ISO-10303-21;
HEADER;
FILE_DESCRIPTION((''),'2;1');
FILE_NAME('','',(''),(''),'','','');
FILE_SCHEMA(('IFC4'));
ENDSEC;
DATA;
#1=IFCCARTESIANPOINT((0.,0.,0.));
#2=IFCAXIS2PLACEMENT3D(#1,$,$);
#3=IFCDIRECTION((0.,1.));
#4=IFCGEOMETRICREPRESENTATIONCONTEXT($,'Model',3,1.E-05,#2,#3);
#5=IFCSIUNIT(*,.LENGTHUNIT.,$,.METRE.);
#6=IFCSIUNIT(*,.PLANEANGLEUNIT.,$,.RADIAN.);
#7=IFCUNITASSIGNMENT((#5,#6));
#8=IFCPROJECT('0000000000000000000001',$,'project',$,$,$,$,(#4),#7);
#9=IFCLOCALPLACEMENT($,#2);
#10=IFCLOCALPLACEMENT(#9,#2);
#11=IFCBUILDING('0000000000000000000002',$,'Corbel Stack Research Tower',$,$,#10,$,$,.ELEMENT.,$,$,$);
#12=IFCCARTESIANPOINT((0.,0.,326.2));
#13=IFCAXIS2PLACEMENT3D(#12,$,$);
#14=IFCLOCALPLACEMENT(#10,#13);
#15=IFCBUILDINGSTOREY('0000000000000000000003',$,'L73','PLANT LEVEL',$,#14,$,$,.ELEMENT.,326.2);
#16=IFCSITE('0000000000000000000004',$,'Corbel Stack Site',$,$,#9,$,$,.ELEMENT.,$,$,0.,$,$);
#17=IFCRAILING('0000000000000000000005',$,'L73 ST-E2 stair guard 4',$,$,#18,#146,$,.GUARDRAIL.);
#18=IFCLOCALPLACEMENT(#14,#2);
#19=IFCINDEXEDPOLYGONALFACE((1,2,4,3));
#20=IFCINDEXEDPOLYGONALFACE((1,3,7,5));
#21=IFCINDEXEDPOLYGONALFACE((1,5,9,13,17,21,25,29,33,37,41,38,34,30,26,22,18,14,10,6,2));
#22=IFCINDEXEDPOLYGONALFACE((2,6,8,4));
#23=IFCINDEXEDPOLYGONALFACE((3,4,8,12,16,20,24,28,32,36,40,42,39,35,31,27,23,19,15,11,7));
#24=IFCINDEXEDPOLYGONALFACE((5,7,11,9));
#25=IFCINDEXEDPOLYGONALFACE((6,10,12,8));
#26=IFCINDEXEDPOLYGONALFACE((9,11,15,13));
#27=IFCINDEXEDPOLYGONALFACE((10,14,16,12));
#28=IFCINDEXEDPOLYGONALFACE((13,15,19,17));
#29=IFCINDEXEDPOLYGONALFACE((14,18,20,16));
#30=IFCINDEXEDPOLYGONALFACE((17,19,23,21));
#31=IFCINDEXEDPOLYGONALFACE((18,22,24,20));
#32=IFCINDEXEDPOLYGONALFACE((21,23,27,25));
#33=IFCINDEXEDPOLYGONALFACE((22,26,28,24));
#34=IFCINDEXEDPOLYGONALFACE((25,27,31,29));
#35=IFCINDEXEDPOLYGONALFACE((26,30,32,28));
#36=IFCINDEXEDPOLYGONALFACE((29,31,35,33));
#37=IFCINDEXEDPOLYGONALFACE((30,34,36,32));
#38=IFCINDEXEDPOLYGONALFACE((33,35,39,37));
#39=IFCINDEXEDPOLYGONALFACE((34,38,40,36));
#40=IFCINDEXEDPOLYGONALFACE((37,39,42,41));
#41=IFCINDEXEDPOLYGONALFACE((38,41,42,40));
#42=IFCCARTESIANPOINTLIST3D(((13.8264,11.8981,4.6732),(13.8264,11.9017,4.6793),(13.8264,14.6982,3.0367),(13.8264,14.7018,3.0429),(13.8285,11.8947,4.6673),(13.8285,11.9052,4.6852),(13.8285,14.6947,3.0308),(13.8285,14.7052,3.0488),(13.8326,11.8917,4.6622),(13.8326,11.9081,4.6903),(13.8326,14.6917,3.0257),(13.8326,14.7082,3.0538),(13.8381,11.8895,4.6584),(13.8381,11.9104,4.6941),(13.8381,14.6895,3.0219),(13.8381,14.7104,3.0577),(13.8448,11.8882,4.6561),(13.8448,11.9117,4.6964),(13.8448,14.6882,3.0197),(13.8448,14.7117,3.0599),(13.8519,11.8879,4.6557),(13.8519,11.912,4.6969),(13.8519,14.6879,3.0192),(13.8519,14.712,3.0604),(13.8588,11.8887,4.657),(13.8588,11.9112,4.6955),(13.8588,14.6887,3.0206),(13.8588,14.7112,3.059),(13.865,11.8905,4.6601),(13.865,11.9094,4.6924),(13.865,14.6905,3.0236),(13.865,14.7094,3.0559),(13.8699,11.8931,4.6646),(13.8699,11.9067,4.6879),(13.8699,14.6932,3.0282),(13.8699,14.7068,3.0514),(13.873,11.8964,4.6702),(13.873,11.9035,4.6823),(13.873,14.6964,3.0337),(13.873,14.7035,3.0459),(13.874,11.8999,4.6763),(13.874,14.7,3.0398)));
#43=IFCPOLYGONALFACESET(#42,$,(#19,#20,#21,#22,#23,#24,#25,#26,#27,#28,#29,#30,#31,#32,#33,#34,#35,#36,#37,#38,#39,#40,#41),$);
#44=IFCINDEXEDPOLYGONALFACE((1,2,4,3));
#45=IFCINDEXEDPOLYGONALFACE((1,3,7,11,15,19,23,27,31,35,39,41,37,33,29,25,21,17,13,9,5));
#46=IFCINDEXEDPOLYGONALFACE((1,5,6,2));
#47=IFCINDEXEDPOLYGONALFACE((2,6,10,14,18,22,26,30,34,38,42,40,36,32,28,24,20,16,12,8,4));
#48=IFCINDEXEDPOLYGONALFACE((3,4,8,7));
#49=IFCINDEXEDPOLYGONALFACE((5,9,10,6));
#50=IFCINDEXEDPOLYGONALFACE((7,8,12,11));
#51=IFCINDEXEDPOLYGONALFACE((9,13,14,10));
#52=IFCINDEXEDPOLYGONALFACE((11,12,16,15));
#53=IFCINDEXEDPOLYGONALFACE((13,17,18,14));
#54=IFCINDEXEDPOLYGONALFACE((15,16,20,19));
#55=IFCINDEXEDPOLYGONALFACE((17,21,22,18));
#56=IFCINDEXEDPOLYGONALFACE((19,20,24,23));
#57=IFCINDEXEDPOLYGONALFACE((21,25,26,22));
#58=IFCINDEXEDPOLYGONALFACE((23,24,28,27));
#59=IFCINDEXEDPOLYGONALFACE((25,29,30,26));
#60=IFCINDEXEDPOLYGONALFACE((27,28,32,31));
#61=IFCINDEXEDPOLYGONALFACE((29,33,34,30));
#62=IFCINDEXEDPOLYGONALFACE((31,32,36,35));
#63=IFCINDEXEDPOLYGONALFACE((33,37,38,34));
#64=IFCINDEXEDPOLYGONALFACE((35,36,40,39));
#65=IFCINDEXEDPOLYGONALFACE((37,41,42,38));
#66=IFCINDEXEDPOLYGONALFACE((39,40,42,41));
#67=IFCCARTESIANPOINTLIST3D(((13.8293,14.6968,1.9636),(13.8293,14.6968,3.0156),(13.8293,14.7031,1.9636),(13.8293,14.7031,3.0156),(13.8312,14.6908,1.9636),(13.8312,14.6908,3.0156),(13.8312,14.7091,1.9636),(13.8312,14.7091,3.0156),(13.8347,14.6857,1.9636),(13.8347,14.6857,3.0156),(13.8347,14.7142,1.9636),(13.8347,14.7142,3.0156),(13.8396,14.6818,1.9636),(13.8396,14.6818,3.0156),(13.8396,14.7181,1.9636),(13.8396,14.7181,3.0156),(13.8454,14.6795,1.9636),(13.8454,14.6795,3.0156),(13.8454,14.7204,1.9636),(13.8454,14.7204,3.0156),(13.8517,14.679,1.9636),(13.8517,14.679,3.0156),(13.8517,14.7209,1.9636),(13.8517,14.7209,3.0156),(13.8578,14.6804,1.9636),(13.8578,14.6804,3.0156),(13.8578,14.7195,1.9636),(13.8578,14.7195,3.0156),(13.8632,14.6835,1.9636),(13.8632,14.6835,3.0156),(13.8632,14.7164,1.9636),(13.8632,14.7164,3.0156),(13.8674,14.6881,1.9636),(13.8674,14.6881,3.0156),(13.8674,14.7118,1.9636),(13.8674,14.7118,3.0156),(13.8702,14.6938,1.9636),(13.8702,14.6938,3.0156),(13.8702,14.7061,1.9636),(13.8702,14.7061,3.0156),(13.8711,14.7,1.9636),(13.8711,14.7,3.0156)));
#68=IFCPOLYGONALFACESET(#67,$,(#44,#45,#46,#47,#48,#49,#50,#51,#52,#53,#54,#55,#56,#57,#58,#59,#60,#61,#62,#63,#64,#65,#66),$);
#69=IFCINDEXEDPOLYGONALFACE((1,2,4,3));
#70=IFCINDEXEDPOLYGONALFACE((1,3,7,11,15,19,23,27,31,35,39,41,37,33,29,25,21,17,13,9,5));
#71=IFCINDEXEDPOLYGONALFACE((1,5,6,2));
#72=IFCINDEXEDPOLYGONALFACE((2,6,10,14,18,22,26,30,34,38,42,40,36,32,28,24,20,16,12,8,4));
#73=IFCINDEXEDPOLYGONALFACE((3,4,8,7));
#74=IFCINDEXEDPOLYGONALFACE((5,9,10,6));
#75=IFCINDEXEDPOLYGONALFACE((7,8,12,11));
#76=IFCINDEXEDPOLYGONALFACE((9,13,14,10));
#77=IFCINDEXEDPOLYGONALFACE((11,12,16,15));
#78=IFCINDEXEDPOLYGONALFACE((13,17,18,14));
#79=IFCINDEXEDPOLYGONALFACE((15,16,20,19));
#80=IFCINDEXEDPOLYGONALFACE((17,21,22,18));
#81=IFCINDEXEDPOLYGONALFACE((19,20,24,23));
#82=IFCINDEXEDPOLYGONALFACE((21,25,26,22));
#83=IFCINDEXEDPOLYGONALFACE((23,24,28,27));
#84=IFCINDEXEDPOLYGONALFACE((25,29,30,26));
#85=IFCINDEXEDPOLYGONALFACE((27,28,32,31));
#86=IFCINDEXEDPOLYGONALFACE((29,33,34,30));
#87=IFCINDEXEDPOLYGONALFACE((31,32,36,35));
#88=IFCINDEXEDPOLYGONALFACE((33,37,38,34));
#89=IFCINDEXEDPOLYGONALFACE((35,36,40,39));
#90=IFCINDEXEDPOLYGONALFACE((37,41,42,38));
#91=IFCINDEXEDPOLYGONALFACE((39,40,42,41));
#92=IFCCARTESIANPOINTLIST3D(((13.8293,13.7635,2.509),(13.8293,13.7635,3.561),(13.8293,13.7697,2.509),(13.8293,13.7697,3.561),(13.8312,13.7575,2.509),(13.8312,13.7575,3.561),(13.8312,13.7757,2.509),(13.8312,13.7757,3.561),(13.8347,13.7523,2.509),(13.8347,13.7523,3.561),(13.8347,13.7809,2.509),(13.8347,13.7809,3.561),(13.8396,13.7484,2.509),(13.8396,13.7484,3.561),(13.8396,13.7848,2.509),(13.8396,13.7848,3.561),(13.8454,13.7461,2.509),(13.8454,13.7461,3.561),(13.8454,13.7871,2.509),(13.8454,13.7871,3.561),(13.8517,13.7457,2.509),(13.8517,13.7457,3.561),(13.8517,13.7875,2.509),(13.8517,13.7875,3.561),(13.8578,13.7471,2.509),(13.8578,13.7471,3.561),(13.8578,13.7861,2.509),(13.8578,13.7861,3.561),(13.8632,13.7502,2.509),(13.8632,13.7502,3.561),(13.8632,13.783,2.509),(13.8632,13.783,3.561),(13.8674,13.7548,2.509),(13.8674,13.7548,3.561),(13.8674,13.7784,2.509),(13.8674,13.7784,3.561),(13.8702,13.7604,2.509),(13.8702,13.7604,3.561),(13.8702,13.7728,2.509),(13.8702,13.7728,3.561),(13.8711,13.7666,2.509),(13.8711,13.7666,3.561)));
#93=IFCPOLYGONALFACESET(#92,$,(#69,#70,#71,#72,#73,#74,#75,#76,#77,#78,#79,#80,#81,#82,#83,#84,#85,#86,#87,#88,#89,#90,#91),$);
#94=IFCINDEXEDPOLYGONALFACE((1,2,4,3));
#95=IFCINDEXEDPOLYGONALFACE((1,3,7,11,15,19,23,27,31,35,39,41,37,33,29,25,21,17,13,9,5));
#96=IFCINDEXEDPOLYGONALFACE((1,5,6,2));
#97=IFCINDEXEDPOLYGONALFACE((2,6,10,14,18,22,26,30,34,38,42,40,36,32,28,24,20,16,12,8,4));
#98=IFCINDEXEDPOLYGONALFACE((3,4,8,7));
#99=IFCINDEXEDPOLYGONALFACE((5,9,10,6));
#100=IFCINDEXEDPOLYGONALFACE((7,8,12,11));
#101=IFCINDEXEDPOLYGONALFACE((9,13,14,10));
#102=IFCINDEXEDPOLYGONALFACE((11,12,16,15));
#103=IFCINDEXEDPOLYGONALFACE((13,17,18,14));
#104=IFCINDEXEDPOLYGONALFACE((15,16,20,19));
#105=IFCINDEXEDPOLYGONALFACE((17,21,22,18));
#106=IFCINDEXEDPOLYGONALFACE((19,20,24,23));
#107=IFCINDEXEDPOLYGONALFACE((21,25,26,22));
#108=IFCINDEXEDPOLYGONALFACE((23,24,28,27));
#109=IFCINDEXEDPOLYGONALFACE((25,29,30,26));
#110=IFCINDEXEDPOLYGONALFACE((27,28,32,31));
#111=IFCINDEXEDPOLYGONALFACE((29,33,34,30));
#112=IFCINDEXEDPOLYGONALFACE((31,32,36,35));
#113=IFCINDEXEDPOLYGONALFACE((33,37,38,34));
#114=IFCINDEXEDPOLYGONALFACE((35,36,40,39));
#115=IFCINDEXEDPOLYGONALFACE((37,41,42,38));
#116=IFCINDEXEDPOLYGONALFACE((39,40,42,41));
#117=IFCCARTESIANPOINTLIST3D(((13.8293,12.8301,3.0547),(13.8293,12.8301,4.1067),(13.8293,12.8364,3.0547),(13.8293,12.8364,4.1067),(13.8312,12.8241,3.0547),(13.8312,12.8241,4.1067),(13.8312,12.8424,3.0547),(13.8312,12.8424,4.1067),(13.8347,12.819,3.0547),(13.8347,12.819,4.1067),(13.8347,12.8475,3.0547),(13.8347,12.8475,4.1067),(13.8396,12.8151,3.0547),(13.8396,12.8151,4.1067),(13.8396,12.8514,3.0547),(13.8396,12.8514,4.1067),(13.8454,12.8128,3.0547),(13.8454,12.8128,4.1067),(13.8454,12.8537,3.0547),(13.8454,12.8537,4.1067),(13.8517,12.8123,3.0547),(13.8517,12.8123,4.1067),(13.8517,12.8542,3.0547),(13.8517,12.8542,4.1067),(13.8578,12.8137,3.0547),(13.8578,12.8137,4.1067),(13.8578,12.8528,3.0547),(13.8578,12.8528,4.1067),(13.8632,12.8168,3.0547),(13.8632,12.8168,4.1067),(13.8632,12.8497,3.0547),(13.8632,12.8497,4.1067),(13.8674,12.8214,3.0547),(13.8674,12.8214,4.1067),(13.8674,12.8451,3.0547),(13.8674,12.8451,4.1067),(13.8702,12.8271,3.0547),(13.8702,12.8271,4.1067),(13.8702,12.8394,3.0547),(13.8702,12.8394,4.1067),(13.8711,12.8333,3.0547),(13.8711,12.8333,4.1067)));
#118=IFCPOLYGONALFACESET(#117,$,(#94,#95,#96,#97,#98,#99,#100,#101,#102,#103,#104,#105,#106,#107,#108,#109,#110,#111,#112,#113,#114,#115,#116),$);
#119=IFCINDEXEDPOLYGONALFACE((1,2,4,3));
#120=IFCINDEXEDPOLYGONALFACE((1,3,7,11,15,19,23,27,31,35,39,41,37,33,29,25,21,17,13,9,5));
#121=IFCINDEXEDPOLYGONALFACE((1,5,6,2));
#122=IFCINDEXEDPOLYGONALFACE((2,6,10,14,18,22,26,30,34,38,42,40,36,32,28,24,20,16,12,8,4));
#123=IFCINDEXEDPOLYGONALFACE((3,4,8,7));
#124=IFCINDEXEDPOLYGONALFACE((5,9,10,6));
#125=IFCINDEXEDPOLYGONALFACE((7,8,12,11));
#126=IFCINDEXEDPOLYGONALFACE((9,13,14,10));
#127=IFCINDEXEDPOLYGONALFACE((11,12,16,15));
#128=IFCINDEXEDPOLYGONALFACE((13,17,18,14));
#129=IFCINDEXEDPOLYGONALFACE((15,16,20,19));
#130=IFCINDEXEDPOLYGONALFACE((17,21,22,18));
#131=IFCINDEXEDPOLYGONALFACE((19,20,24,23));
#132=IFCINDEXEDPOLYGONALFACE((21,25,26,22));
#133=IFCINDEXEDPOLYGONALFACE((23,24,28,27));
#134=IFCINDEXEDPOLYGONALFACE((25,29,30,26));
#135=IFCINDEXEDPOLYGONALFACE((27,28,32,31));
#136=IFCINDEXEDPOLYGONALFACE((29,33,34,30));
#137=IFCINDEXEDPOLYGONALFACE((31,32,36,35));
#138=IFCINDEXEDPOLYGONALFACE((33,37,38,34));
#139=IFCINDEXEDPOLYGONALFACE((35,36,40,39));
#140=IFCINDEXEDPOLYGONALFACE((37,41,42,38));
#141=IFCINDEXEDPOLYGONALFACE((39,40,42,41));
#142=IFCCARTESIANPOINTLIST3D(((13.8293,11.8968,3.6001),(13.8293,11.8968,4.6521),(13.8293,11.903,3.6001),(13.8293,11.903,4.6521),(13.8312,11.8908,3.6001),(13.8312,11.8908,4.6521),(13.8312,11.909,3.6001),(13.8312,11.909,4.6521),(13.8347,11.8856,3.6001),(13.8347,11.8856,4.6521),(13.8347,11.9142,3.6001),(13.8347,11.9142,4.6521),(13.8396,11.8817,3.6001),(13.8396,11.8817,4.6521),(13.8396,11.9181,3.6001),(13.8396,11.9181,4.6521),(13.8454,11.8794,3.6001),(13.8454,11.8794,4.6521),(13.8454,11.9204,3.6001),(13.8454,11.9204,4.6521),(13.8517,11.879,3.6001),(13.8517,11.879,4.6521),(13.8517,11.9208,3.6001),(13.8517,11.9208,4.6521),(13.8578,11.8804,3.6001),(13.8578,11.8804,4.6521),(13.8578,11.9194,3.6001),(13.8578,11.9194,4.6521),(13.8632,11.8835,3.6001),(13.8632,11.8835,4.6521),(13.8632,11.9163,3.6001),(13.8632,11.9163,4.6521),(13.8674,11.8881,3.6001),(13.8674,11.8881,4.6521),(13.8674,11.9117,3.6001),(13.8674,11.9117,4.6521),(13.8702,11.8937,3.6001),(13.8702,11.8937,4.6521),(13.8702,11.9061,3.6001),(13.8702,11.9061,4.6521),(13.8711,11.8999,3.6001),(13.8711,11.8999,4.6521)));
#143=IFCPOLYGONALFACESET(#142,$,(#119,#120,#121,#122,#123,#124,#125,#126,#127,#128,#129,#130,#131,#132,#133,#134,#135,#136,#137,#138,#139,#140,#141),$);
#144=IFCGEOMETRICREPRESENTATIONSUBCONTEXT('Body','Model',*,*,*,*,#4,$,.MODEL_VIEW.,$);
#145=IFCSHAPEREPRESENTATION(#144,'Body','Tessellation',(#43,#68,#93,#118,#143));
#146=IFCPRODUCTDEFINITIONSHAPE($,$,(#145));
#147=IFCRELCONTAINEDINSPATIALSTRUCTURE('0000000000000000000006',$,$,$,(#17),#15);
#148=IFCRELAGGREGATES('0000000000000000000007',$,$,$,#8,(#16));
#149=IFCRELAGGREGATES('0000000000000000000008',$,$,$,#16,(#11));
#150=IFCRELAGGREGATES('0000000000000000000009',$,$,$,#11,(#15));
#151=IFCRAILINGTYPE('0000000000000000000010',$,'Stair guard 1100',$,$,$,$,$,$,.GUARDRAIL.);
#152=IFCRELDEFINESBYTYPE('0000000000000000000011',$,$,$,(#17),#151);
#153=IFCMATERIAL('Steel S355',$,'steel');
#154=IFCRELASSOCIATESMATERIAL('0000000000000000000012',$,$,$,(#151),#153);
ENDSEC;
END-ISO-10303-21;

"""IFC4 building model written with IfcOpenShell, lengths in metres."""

from ifc_helpers import new_model, si_unit, direction, frame, origin, origin_2d, place, context, subcontext, project, spatial, circle, extrude, material, type_object, element, save


model = new_model("IFC4")

# Units and contexts
model_context = context("Model", 3, precision=1e-05, world=origin(), true_north=direction((0.0, 1.0)))
body_context = subcontext(model_context, "Body", "Model", "MODEL_VIEW")
ifc_project = project(units=[si_unit("LENGTHUNIT", "METRE"), si_unit("PLANEANGLEUNIT", "RADIAN")], contexts=[model_context])

# Site, building, storey
site_placement = place(None, origin())
site = spatial("IfcSite", under=ifc_project, at=site_placement, Name="Corbel Stack Site", CompositionType="ELEMENT", RefElevation=0.0)
building_placement = place(site_placement, origin())
building = spatial("IfcBuilding", under=site, at=building_placement, Name="Corbel Stack Research Tower", CompositionType="ELEMENT")
storey_placement = place(building_placement, frame((0.0, 0.0, 326.2)))
storey = spatial("IfcBuildingStorey", under=building, at=storey_placement, Name="L73", Description="PLANT LEVEL", CompositionType="ELEMENT", Elevation=326.2)

# Railing
ifc_material_1 = material(Name="Steel S355", Category="steel")
railing_type_1 = type_object("IfcRailingType", Name="Stair guard 1100", PredefinedType="GUARDRAIL", material=ifc_material_1)
railing_1_placement = place(storey_placement, frame((13.8501, 14.7, 1.9636)))
element("IfcRailing", 1, at=railing_1_placement, inside=storey, type_object=railing_type_1, Name="L73 ST-E2 stair guard 4", PredefinedType="GUARDRAIL", context=body_context, shape_type="SweptSolid", body=[
    extrude(circle(Radius=0.0239, at=origin_2d()), frame((0.0, 0.0, 1.0762), z_axis=(0.0, -0.863361, 0.504587), x_axis=(1.0, 0.0, 0.0)), (0.0, 0.0, 1.0), 3.2432),
    extrude(circle(Radius=0.021, at=origin_2d()), origin(), (0.0, 0.0, 1.0), 1.052),
    extrude(circle(Radius=0.021, at=origin_2d()), frame((0.0, -0.9333, 0.5454)), (0.0, 0.0, 1.0), 1.052),
    extrude(circle(Radius=0.021, at=origin_2d()), frame((0.0, -1.8667, 1.0911)), (0.0, 0.0, 1.0), 1.052),
    extrude(circle(Radius=0.021, at=origin_2d()), frame((0.0, -2.8, 1.6365)), (0.0, 0.0, 1.0), 1.052),
])

save(model, "model.ifc")
